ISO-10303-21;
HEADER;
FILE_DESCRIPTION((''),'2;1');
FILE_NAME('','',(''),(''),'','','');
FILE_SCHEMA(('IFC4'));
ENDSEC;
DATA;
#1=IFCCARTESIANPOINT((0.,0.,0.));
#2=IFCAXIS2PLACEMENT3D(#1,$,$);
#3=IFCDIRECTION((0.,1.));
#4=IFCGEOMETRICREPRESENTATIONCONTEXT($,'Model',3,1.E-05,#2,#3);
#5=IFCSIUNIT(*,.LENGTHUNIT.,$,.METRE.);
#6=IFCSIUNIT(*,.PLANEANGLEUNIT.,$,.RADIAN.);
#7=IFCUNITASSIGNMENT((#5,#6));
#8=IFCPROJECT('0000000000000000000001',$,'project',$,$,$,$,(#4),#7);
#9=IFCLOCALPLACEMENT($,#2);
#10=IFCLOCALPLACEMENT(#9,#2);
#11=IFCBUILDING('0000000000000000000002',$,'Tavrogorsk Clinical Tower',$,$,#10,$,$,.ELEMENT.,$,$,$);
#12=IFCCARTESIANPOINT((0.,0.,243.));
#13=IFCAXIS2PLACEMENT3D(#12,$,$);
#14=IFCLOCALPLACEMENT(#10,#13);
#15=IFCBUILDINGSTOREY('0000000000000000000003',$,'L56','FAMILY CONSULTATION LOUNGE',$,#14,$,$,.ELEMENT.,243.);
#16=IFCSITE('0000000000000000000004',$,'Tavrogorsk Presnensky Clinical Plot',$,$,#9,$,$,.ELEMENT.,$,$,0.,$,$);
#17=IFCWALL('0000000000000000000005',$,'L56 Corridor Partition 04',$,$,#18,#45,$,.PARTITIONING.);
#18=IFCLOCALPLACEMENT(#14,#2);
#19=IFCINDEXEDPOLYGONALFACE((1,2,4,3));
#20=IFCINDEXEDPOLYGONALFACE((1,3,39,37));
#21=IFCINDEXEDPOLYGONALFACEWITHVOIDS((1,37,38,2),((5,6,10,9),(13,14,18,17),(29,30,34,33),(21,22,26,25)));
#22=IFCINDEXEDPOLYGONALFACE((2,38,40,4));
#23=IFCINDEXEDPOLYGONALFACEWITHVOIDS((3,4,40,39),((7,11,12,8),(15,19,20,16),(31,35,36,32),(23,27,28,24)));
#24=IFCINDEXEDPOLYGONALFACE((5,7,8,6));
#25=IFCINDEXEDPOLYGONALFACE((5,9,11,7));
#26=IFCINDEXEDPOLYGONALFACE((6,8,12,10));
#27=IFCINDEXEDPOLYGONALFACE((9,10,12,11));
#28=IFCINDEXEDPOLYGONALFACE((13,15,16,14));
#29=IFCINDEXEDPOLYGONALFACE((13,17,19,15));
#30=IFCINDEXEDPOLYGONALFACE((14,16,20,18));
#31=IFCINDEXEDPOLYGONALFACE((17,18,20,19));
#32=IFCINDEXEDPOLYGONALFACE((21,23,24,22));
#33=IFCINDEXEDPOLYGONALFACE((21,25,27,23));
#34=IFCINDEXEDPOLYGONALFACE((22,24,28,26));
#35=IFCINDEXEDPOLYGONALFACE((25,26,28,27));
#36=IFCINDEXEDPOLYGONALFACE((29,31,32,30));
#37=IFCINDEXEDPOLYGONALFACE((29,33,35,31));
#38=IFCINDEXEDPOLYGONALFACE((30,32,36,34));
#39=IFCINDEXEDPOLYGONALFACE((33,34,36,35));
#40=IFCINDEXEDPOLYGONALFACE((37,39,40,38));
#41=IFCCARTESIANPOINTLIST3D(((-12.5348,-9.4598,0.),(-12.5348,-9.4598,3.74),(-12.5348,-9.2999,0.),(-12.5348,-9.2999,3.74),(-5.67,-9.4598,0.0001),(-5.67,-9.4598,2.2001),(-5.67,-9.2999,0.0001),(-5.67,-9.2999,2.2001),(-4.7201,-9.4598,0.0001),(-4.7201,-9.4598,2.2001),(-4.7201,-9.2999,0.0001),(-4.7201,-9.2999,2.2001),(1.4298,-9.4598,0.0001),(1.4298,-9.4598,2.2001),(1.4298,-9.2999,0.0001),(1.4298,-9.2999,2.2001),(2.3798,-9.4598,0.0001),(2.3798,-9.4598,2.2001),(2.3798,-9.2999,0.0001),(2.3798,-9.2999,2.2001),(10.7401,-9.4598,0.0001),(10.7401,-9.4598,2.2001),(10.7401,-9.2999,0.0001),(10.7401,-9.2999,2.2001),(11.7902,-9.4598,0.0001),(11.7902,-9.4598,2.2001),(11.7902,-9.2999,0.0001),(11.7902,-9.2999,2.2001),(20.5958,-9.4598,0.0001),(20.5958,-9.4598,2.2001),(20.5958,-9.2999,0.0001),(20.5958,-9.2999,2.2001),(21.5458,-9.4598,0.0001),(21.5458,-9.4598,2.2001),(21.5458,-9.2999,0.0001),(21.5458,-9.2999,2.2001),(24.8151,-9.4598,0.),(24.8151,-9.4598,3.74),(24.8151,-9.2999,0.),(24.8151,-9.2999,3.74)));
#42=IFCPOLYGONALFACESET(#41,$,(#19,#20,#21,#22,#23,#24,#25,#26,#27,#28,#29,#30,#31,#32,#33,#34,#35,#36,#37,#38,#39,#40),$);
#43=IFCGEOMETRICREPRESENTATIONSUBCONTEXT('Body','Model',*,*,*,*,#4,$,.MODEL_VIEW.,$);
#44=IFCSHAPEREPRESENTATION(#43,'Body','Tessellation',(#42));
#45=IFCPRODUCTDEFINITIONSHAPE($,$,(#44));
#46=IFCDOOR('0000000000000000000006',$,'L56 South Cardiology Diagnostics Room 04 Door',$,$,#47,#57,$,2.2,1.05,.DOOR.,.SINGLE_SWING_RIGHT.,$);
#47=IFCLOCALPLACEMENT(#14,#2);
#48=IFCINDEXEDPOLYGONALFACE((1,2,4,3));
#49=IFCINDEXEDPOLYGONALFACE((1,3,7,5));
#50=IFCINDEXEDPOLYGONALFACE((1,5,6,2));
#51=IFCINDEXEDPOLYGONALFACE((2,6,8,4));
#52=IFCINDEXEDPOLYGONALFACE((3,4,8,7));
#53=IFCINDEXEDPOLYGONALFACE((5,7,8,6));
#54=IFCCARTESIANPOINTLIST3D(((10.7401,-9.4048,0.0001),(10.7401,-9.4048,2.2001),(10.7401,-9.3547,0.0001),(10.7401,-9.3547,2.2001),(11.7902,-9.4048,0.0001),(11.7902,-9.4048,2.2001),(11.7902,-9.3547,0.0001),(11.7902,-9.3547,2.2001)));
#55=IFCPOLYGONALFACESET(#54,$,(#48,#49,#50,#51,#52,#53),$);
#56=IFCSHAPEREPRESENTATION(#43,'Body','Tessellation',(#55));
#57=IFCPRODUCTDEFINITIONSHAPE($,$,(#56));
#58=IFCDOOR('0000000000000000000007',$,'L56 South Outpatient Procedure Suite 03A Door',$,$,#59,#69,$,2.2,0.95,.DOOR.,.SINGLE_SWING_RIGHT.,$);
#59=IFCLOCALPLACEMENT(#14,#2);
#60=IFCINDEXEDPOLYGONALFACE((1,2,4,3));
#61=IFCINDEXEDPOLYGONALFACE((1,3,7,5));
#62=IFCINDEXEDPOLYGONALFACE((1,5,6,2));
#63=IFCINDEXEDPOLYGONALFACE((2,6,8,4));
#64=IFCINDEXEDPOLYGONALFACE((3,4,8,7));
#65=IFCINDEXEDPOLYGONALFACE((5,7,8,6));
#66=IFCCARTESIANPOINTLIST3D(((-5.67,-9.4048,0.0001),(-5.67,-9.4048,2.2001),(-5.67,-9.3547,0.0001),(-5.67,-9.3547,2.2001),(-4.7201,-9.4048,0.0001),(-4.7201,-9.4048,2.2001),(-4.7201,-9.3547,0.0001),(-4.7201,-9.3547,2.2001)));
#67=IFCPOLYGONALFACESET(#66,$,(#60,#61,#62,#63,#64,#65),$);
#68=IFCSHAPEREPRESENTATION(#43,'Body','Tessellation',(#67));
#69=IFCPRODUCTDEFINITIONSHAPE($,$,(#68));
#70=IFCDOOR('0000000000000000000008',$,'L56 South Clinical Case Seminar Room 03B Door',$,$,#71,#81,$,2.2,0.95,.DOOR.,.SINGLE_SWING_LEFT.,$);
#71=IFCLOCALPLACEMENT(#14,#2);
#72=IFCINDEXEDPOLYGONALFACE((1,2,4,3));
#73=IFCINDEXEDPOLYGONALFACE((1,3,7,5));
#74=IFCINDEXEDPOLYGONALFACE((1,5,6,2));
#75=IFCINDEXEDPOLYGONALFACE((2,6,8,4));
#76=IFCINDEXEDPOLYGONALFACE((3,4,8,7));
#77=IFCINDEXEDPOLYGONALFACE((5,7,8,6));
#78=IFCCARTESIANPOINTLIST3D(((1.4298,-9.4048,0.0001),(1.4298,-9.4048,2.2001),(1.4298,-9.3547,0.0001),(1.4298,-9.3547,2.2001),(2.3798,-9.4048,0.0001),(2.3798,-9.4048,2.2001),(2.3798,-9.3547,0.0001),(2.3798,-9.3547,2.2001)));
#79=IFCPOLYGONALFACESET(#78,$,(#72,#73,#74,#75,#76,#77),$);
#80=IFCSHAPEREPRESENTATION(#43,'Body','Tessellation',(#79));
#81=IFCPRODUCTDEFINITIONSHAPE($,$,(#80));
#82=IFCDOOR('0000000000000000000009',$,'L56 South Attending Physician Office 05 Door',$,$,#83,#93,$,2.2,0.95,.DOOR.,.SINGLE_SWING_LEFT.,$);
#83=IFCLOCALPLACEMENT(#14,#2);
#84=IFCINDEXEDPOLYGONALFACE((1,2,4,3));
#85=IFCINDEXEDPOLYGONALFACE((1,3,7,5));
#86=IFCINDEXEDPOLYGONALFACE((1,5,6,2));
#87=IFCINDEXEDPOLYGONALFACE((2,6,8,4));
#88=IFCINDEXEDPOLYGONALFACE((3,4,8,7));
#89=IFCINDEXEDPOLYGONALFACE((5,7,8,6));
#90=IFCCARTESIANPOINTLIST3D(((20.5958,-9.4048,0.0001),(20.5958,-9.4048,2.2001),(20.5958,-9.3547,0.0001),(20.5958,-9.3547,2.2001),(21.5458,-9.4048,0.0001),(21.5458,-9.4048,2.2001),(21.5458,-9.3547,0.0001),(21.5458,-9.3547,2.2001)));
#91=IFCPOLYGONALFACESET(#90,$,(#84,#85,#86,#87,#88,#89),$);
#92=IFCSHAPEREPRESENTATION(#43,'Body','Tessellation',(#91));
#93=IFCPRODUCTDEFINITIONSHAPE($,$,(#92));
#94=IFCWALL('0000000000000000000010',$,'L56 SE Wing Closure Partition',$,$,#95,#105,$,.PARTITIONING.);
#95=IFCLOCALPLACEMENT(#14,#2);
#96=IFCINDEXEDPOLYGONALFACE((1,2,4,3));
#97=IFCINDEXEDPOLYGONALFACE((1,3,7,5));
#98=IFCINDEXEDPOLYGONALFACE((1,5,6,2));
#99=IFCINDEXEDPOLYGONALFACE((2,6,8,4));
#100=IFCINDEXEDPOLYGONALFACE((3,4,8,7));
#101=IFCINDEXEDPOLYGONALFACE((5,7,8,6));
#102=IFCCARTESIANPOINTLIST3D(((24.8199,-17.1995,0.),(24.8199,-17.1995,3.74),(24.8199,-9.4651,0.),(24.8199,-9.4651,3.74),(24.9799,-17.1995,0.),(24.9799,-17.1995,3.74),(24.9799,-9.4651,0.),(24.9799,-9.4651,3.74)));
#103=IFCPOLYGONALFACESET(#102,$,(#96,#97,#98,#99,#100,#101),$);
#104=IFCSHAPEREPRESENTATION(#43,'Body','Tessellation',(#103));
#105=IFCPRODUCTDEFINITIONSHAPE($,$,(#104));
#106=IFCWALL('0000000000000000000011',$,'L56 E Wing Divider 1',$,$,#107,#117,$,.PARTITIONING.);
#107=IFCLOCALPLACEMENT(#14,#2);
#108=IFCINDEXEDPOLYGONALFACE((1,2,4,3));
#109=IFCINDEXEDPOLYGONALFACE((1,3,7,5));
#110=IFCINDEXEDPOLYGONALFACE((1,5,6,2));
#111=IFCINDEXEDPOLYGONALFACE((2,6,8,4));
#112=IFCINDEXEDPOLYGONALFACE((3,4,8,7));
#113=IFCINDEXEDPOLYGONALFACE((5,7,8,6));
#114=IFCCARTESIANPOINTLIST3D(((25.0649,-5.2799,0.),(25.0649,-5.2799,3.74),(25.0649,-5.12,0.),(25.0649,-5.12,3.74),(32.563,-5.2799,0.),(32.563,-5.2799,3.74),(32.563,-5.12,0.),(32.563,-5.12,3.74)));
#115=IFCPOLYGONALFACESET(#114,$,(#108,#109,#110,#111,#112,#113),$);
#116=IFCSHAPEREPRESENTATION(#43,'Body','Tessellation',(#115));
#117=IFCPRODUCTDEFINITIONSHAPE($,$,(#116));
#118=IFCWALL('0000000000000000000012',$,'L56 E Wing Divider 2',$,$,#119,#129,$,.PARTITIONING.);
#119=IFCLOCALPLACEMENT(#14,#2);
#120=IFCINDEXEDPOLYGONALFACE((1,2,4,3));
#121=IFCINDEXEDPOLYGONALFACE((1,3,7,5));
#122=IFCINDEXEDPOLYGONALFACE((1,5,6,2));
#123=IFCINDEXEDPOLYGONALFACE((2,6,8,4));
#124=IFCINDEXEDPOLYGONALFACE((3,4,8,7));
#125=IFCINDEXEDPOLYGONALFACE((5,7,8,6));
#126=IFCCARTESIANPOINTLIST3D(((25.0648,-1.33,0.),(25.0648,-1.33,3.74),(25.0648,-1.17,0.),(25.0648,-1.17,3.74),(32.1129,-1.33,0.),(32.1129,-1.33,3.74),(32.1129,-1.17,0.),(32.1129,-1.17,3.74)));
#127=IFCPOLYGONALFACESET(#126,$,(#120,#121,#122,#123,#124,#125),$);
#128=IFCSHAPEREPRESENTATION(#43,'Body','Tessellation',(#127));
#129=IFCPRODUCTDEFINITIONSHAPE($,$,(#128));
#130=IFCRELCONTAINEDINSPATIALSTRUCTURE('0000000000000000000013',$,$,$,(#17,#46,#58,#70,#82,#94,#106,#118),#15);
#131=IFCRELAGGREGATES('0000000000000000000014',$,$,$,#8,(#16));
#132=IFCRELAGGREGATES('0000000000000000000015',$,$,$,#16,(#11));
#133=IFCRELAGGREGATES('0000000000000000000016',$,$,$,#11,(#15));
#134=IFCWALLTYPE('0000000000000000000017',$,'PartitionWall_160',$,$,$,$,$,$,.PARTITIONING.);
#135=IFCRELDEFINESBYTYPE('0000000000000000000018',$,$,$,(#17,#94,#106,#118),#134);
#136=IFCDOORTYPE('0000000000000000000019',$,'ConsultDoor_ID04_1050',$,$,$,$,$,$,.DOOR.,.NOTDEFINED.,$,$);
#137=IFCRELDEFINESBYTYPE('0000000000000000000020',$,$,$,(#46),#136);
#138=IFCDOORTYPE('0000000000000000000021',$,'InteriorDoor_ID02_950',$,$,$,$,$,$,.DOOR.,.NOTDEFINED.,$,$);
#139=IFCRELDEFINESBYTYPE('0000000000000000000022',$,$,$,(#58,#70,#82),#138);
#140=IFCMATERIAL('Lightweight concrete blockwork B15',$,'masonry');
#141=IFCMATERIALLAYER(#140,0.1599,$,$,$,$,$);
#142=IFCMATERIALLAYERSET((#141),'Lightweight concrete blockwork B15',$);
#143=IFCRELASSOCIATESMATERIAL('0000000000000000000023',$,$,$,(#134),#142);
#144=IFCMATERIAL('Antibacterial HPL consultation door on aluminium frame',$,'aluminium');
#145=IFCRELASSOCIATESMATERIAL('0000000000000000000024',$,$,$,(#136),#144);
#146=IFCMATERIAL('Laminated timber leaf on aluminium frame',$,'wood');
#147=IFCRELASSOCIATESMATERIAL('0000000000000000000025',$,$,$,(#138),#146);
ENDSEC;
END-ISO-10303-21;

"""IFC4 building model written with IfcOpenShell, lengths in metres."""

from ifc_helpers import new_model, si_unit, direction, frame, frame_2d, origin, place, context, subcontext, project, spatial, rectangle, extrude, material, layer, layer_set, type_object, element, fill, save


model = new_model("IFC4")

# Units and contexts
model_context = context("Model", 3, precision=1e-05, world=origin(), true_north=direction((0.0, 1.0)))
body_context = subcontext(model_context, "Body", "Model", "MODEL_VIEW")
ifc_project = project(units=[si_unit("LENGTHUNIT", "METRE"), si_unit("PLANEANGLEUNIT", "RADIAN")], contexts=[model_context])

# Site, building, storey
site_placement = place(None, origin())
site = spatial("IfcSite", under=ifc_project, at=site_placement, Name="Tavrogorsk Presnensky Clinical Plot", CompositionType="ELEMENT", RefElevation=0.0)
building_placement = place(site_placement, origin())
building = spatial("IfcBuilding", under=site, at=building_placement, Name="Tavrogorsk Clinical Tower", CompositionType="ELEMENT")
storey_placement = place(building_placement, frame((0.0, 0.0, 243.0)))
storey = spatial("IfcBuildingStorey", under=building, at=storey_placement, Name="L56", Description="FAMILY CONSULTATION LOUNGE", CompositionType="ELEMENT", Elevation=243.0)

# Shared definitions
ifc_material_1 = material(Name="Lightweight concrete blockwork B15", Category="masonry")
ifc_layer_1 = layer(ifc_material_1, 0.1599)
ifc_layer_set_1 = layer_set([ifc_layer_1], Name="Lightweight concrete blockwork B15")
wall_type_1 = type_object("IfcWallType", Name="PartitionWall_160", PredefinedType="PARTITIONING", material=ifc_layer_set_1)

# Wall, openings, doors
wall_1_placement = place(storey_placement, frame((24.8149, -9.3799, 0.0), z_axis=(0.0, 0.0, 1.0), x_axis=(-1.0, 0.0, 0.0)))
wall_1 = element("IfcWall", 1, at=wall_1_placement, inside=storey, type_object=wall_type_1, Name="L56 Corridor Partition 04", PredefinedType="PARTITIONING", context=body_context, shape_type="SweptSolid", body=[
    extrude(rectangle(XDim=37.3499, YDim=0.1599, at=frame_2d((18.6748, 0.0))), origin(), (0.0, 0.0, 1.0), 3.74),
])
opening_1_placement = place(wall_1_placement, frame((29.5349, 0.0, 0.0)))
opening_1 = element("IfcOpeningElement", 2, at=opening_1_placement, cuts=wall_1, PredefinedType="OPENING", context=body_context, shape_type="SweptSolid", body=[
    extrude(rectangle(XDim=0.95, YDim=2.2, at=frame_2d((0.4751, 1.1001))), frame((0.0, 0.0898, 0.0), z_axis=(0.0, -1.0, 0.0), x_axis=(1.0, 0.0, 0.0)), (0.0, 0.0, 1.0), 0.1799),
])
opening_2_placement = place(wall_1_placement, frame((22.4351, 0.0, 0.0)))
opening_2 = element("IfcOpeningElement", 3, at=opening_2_placement, cuts=wall_1, PredefinedType="OPENING", context=body_context, shape_type="SweptSolid", body=[
    extrude(rectangle(XDim=0.95, YDim=2.2, at=frame_2d((0.4751, 1.1001))), frame((0.0, 0.0898, 0.0), z_axis=(0.0, -1.0, 0.0), x_axis=(1.0, 0.0, 0.0)), (0.0, 0.0, 1.0), 0.1799),
])
opening_3_placement = place(wall_1_placement, frame((13.0249, 0.0, 0.0)))
opening_3 = element("IfcOpeningElement", 4, at=opening_3_placement, cuts=wall_1, PredefinedType="OPENING", context=body_context, shape_type="SweptSolid", body=[
    extrude(rectangle(XDim=1.05, YDim=2.2, at=frame_2d((0.5249, 1.1001))), frame((0.0, 0.0898, 0.0), z_axis=(0.0, -1.0, 0.0), x_axis=(1.0, 0.0, 0.0)), (0.0, 0.0, 1.0), 0.1799),
])
opening_4_placement = place(wall_1_placement, frame((3.269, 0.0, 0.0)))
opening_4 = element("IfcOpeningElement", 5, at=opening_4_placement, cuts=wall_1, PredefinedType="OPENING", context=body_context, shape_type="SweptSolid", body=[
    extrude(rectangle(XDim=0.95, YDim=2.2, at=frame_2d((0.4751, 1.1001))), frame((0.0, 0.0898, 0.0), z_axis=(0.0, -1.0, 0.0), x_axis=(1.0, 0.0, 0.0)), (0.0, 0.0, 1.0), 0.1799),
])
ifc_material_2 = material(Name="Antibacterial HPL consultation door on aluminium frame", Category="aluminium")
door_type_1 = type_object("IfcDoorType", Name="ConsultDoor_ID04_1050", OperationType="NOTDEFINED", PredefinedType="DOOR", material=ifc_material_2)
door_1_placement = place(opening_3_placement, origin())
door_1 = element("IfcDoor", 6, at=door_1_placement, inside=storey, type_object=door_type_1, Name="L56 South Cardiology Diagnostics Room 04 Door", OperationType="SINGLE_SWING_RIGHT", OverallHeight=2.2, OverallWidth=1.05, PredefinedType="DOOR", context=body_context, shape_type="SweptSolid", body=[
    extrude(rectangle(XDim=1.05, YDim=2.2, at=frame_2d((0.5249, 1.1001))), frame((0.0, 0.0249, 0.0), z_axis=(0.0, -1.0, 0.0), x_axis=(1.0, 0.0, 0.0)), (0.0, 0.0, 1.0), 0.05),
])
fill(opening_3, door_1)
ifc_material_3 = material(Name="Laminated timber leaf on aluminium frame", Category="wood")
door_type_2 = type_object("IfcDoorType", Name="InteriorDoor_ID02_950", OperationType="NOTDEFINED", PredefinedType="DOOR", material=ifc_material_3)
door_2_placement = place(opening_1_placement, origin())
door_2 = element("IfcDoor", 7, at=door_2_placement, inside=storey, type_object=door_type_2, Name="L56 South Outpatient Procedure Suite 03A Door", OperationType="SINGLE_SWING_RIGHT", OverallHeight=2.2, OverallWidth=0.95, PredefinedType="DOOR", context=body_context, shape_type="SweptSolid", body=[
    extrude(rectangle(XDim=0.95, YDim=2.2, at=frame_2d((0.4751, 1.1001))), frame((0.0, 0.0249, 0.0), z_axis=(0.0, -1.0, 0.0), x_axis=(1.0, 0.0, 0.0)), (0.0, 0.0, 1.0), 0.05),
])
fill(opening_1, door_2)
door_3_placement = place(opening_2_placement, origin())
door_3 = element("IfcDoor", 8, at=door_3_placement, inside=storey, type_object=door_type_2, Name="L56 South Clinical Case Seminar Room 03B Door", OperationType="SINGLE_SWING_LEFT", OverallHeight=2.2, OverallWidth=0.95, PredefinedType="DOOR", context=body_context, shape_type="SweptSolid", body=[
    extrude(rectangle(XDim=0.95, YDim=2.2, at=frame_2d((0.4751, 1.1001))), frame((0.0, 0.0249, 0.0), z_axis=(0.0, -1.0, 0.0), x_axis=(1.0, 0.0, 0.0)), (0.0, 0.0, 1.0), 0.05),
])
fill(opening_2, door_3)
door_4_placement = place(opening_4_placement, origin())
door_4 = element("IfcDoor", 9, at=door_4_placement, inside=storey, type_object=door_type_2, Name="L56 South Attending Physician Office 05 Door", OperationType="SINGLE_SWING_LEFT", OverallHeight=2.2, OverallWidth=0.95, PredefinedType="DOOR", context=body_context, shape_type="SweptSolid", body=[
    extrude(rectangle(XDim=0.95, YDim=2.2, at=frame_2d((0.4751, 1.1001))), frame((0.0, 0.0249, 0.0), z_axis=(0.0, -1.0, 0.0), x_axis=(1.0, 0.0, 0.0)), (0.0, 0.0, 1.0), 0.05),
])
fill(opening_4, door_4)

# Walls
wall_2_placement = place(storey_placement, frame((24.8999, -17.1995, 0.0), z_axis=(0.0, 0.0, 1.0), x_axis=(0.0, 1.0, 0.0)))
element("IfcWall", 10, at=wall_2_placement, inside=storey, type_object=wall_type_1, Name="L56 SE Wing Closure Partition", PredefinedType="PARTITIONING", context=body_context, shape_type="SweptSolid", body=[
    extrude(rectangle(XDim=7.7344, YDim=0.1599, at=frame_2d((3.8672, 0.0))), origin(), (0.0, 0.0, 1.0), 3.74),
])
wall_3_placement = place(storey_placement, frame((25.0649, -5.2, 0.0), z_axis=(0.0, 0.0, 1.0), x_axis=(1.0, 0.0, 0.0)))
element("IfcWall", 11, at=wall_3_placement, inside=storey, type_object=wall_type_1, Name="L56 E Wing Divider 1", PredefinedType="PARTITIONING", context=body_context, shape_type="SweptSolid", body=[
    extrude(rectangle(XDim=7.498, YDim=0.1599, at=frame_2d((3.749, 0.0))), origin(), (0.0, 0.0, 1.0), 3.74),
])
wall_4_placement = place(storey_placement, frame((25.0649, -1.25, 0.0), z_axis=(0.0, 0.0, 1.0), x_axis=(1.0, 0.0, 0.0)))
element("IfcWall", 12, at=wall_4_placement, inside=storey, type_object=wall_type_1, Name="L56 E Wing Divider 2", PredefinedType="PARTITIONING", context=body_context, shape_type="SweptSolid", body=[
    extrude(rectangle(XDim=7.0481, YDim=0.1599, at=frame_2d((3.5239, 0.0))), origin(), (0.0, 0.0, 1.0), 3.74),
])

save(model, "model.ifc")
